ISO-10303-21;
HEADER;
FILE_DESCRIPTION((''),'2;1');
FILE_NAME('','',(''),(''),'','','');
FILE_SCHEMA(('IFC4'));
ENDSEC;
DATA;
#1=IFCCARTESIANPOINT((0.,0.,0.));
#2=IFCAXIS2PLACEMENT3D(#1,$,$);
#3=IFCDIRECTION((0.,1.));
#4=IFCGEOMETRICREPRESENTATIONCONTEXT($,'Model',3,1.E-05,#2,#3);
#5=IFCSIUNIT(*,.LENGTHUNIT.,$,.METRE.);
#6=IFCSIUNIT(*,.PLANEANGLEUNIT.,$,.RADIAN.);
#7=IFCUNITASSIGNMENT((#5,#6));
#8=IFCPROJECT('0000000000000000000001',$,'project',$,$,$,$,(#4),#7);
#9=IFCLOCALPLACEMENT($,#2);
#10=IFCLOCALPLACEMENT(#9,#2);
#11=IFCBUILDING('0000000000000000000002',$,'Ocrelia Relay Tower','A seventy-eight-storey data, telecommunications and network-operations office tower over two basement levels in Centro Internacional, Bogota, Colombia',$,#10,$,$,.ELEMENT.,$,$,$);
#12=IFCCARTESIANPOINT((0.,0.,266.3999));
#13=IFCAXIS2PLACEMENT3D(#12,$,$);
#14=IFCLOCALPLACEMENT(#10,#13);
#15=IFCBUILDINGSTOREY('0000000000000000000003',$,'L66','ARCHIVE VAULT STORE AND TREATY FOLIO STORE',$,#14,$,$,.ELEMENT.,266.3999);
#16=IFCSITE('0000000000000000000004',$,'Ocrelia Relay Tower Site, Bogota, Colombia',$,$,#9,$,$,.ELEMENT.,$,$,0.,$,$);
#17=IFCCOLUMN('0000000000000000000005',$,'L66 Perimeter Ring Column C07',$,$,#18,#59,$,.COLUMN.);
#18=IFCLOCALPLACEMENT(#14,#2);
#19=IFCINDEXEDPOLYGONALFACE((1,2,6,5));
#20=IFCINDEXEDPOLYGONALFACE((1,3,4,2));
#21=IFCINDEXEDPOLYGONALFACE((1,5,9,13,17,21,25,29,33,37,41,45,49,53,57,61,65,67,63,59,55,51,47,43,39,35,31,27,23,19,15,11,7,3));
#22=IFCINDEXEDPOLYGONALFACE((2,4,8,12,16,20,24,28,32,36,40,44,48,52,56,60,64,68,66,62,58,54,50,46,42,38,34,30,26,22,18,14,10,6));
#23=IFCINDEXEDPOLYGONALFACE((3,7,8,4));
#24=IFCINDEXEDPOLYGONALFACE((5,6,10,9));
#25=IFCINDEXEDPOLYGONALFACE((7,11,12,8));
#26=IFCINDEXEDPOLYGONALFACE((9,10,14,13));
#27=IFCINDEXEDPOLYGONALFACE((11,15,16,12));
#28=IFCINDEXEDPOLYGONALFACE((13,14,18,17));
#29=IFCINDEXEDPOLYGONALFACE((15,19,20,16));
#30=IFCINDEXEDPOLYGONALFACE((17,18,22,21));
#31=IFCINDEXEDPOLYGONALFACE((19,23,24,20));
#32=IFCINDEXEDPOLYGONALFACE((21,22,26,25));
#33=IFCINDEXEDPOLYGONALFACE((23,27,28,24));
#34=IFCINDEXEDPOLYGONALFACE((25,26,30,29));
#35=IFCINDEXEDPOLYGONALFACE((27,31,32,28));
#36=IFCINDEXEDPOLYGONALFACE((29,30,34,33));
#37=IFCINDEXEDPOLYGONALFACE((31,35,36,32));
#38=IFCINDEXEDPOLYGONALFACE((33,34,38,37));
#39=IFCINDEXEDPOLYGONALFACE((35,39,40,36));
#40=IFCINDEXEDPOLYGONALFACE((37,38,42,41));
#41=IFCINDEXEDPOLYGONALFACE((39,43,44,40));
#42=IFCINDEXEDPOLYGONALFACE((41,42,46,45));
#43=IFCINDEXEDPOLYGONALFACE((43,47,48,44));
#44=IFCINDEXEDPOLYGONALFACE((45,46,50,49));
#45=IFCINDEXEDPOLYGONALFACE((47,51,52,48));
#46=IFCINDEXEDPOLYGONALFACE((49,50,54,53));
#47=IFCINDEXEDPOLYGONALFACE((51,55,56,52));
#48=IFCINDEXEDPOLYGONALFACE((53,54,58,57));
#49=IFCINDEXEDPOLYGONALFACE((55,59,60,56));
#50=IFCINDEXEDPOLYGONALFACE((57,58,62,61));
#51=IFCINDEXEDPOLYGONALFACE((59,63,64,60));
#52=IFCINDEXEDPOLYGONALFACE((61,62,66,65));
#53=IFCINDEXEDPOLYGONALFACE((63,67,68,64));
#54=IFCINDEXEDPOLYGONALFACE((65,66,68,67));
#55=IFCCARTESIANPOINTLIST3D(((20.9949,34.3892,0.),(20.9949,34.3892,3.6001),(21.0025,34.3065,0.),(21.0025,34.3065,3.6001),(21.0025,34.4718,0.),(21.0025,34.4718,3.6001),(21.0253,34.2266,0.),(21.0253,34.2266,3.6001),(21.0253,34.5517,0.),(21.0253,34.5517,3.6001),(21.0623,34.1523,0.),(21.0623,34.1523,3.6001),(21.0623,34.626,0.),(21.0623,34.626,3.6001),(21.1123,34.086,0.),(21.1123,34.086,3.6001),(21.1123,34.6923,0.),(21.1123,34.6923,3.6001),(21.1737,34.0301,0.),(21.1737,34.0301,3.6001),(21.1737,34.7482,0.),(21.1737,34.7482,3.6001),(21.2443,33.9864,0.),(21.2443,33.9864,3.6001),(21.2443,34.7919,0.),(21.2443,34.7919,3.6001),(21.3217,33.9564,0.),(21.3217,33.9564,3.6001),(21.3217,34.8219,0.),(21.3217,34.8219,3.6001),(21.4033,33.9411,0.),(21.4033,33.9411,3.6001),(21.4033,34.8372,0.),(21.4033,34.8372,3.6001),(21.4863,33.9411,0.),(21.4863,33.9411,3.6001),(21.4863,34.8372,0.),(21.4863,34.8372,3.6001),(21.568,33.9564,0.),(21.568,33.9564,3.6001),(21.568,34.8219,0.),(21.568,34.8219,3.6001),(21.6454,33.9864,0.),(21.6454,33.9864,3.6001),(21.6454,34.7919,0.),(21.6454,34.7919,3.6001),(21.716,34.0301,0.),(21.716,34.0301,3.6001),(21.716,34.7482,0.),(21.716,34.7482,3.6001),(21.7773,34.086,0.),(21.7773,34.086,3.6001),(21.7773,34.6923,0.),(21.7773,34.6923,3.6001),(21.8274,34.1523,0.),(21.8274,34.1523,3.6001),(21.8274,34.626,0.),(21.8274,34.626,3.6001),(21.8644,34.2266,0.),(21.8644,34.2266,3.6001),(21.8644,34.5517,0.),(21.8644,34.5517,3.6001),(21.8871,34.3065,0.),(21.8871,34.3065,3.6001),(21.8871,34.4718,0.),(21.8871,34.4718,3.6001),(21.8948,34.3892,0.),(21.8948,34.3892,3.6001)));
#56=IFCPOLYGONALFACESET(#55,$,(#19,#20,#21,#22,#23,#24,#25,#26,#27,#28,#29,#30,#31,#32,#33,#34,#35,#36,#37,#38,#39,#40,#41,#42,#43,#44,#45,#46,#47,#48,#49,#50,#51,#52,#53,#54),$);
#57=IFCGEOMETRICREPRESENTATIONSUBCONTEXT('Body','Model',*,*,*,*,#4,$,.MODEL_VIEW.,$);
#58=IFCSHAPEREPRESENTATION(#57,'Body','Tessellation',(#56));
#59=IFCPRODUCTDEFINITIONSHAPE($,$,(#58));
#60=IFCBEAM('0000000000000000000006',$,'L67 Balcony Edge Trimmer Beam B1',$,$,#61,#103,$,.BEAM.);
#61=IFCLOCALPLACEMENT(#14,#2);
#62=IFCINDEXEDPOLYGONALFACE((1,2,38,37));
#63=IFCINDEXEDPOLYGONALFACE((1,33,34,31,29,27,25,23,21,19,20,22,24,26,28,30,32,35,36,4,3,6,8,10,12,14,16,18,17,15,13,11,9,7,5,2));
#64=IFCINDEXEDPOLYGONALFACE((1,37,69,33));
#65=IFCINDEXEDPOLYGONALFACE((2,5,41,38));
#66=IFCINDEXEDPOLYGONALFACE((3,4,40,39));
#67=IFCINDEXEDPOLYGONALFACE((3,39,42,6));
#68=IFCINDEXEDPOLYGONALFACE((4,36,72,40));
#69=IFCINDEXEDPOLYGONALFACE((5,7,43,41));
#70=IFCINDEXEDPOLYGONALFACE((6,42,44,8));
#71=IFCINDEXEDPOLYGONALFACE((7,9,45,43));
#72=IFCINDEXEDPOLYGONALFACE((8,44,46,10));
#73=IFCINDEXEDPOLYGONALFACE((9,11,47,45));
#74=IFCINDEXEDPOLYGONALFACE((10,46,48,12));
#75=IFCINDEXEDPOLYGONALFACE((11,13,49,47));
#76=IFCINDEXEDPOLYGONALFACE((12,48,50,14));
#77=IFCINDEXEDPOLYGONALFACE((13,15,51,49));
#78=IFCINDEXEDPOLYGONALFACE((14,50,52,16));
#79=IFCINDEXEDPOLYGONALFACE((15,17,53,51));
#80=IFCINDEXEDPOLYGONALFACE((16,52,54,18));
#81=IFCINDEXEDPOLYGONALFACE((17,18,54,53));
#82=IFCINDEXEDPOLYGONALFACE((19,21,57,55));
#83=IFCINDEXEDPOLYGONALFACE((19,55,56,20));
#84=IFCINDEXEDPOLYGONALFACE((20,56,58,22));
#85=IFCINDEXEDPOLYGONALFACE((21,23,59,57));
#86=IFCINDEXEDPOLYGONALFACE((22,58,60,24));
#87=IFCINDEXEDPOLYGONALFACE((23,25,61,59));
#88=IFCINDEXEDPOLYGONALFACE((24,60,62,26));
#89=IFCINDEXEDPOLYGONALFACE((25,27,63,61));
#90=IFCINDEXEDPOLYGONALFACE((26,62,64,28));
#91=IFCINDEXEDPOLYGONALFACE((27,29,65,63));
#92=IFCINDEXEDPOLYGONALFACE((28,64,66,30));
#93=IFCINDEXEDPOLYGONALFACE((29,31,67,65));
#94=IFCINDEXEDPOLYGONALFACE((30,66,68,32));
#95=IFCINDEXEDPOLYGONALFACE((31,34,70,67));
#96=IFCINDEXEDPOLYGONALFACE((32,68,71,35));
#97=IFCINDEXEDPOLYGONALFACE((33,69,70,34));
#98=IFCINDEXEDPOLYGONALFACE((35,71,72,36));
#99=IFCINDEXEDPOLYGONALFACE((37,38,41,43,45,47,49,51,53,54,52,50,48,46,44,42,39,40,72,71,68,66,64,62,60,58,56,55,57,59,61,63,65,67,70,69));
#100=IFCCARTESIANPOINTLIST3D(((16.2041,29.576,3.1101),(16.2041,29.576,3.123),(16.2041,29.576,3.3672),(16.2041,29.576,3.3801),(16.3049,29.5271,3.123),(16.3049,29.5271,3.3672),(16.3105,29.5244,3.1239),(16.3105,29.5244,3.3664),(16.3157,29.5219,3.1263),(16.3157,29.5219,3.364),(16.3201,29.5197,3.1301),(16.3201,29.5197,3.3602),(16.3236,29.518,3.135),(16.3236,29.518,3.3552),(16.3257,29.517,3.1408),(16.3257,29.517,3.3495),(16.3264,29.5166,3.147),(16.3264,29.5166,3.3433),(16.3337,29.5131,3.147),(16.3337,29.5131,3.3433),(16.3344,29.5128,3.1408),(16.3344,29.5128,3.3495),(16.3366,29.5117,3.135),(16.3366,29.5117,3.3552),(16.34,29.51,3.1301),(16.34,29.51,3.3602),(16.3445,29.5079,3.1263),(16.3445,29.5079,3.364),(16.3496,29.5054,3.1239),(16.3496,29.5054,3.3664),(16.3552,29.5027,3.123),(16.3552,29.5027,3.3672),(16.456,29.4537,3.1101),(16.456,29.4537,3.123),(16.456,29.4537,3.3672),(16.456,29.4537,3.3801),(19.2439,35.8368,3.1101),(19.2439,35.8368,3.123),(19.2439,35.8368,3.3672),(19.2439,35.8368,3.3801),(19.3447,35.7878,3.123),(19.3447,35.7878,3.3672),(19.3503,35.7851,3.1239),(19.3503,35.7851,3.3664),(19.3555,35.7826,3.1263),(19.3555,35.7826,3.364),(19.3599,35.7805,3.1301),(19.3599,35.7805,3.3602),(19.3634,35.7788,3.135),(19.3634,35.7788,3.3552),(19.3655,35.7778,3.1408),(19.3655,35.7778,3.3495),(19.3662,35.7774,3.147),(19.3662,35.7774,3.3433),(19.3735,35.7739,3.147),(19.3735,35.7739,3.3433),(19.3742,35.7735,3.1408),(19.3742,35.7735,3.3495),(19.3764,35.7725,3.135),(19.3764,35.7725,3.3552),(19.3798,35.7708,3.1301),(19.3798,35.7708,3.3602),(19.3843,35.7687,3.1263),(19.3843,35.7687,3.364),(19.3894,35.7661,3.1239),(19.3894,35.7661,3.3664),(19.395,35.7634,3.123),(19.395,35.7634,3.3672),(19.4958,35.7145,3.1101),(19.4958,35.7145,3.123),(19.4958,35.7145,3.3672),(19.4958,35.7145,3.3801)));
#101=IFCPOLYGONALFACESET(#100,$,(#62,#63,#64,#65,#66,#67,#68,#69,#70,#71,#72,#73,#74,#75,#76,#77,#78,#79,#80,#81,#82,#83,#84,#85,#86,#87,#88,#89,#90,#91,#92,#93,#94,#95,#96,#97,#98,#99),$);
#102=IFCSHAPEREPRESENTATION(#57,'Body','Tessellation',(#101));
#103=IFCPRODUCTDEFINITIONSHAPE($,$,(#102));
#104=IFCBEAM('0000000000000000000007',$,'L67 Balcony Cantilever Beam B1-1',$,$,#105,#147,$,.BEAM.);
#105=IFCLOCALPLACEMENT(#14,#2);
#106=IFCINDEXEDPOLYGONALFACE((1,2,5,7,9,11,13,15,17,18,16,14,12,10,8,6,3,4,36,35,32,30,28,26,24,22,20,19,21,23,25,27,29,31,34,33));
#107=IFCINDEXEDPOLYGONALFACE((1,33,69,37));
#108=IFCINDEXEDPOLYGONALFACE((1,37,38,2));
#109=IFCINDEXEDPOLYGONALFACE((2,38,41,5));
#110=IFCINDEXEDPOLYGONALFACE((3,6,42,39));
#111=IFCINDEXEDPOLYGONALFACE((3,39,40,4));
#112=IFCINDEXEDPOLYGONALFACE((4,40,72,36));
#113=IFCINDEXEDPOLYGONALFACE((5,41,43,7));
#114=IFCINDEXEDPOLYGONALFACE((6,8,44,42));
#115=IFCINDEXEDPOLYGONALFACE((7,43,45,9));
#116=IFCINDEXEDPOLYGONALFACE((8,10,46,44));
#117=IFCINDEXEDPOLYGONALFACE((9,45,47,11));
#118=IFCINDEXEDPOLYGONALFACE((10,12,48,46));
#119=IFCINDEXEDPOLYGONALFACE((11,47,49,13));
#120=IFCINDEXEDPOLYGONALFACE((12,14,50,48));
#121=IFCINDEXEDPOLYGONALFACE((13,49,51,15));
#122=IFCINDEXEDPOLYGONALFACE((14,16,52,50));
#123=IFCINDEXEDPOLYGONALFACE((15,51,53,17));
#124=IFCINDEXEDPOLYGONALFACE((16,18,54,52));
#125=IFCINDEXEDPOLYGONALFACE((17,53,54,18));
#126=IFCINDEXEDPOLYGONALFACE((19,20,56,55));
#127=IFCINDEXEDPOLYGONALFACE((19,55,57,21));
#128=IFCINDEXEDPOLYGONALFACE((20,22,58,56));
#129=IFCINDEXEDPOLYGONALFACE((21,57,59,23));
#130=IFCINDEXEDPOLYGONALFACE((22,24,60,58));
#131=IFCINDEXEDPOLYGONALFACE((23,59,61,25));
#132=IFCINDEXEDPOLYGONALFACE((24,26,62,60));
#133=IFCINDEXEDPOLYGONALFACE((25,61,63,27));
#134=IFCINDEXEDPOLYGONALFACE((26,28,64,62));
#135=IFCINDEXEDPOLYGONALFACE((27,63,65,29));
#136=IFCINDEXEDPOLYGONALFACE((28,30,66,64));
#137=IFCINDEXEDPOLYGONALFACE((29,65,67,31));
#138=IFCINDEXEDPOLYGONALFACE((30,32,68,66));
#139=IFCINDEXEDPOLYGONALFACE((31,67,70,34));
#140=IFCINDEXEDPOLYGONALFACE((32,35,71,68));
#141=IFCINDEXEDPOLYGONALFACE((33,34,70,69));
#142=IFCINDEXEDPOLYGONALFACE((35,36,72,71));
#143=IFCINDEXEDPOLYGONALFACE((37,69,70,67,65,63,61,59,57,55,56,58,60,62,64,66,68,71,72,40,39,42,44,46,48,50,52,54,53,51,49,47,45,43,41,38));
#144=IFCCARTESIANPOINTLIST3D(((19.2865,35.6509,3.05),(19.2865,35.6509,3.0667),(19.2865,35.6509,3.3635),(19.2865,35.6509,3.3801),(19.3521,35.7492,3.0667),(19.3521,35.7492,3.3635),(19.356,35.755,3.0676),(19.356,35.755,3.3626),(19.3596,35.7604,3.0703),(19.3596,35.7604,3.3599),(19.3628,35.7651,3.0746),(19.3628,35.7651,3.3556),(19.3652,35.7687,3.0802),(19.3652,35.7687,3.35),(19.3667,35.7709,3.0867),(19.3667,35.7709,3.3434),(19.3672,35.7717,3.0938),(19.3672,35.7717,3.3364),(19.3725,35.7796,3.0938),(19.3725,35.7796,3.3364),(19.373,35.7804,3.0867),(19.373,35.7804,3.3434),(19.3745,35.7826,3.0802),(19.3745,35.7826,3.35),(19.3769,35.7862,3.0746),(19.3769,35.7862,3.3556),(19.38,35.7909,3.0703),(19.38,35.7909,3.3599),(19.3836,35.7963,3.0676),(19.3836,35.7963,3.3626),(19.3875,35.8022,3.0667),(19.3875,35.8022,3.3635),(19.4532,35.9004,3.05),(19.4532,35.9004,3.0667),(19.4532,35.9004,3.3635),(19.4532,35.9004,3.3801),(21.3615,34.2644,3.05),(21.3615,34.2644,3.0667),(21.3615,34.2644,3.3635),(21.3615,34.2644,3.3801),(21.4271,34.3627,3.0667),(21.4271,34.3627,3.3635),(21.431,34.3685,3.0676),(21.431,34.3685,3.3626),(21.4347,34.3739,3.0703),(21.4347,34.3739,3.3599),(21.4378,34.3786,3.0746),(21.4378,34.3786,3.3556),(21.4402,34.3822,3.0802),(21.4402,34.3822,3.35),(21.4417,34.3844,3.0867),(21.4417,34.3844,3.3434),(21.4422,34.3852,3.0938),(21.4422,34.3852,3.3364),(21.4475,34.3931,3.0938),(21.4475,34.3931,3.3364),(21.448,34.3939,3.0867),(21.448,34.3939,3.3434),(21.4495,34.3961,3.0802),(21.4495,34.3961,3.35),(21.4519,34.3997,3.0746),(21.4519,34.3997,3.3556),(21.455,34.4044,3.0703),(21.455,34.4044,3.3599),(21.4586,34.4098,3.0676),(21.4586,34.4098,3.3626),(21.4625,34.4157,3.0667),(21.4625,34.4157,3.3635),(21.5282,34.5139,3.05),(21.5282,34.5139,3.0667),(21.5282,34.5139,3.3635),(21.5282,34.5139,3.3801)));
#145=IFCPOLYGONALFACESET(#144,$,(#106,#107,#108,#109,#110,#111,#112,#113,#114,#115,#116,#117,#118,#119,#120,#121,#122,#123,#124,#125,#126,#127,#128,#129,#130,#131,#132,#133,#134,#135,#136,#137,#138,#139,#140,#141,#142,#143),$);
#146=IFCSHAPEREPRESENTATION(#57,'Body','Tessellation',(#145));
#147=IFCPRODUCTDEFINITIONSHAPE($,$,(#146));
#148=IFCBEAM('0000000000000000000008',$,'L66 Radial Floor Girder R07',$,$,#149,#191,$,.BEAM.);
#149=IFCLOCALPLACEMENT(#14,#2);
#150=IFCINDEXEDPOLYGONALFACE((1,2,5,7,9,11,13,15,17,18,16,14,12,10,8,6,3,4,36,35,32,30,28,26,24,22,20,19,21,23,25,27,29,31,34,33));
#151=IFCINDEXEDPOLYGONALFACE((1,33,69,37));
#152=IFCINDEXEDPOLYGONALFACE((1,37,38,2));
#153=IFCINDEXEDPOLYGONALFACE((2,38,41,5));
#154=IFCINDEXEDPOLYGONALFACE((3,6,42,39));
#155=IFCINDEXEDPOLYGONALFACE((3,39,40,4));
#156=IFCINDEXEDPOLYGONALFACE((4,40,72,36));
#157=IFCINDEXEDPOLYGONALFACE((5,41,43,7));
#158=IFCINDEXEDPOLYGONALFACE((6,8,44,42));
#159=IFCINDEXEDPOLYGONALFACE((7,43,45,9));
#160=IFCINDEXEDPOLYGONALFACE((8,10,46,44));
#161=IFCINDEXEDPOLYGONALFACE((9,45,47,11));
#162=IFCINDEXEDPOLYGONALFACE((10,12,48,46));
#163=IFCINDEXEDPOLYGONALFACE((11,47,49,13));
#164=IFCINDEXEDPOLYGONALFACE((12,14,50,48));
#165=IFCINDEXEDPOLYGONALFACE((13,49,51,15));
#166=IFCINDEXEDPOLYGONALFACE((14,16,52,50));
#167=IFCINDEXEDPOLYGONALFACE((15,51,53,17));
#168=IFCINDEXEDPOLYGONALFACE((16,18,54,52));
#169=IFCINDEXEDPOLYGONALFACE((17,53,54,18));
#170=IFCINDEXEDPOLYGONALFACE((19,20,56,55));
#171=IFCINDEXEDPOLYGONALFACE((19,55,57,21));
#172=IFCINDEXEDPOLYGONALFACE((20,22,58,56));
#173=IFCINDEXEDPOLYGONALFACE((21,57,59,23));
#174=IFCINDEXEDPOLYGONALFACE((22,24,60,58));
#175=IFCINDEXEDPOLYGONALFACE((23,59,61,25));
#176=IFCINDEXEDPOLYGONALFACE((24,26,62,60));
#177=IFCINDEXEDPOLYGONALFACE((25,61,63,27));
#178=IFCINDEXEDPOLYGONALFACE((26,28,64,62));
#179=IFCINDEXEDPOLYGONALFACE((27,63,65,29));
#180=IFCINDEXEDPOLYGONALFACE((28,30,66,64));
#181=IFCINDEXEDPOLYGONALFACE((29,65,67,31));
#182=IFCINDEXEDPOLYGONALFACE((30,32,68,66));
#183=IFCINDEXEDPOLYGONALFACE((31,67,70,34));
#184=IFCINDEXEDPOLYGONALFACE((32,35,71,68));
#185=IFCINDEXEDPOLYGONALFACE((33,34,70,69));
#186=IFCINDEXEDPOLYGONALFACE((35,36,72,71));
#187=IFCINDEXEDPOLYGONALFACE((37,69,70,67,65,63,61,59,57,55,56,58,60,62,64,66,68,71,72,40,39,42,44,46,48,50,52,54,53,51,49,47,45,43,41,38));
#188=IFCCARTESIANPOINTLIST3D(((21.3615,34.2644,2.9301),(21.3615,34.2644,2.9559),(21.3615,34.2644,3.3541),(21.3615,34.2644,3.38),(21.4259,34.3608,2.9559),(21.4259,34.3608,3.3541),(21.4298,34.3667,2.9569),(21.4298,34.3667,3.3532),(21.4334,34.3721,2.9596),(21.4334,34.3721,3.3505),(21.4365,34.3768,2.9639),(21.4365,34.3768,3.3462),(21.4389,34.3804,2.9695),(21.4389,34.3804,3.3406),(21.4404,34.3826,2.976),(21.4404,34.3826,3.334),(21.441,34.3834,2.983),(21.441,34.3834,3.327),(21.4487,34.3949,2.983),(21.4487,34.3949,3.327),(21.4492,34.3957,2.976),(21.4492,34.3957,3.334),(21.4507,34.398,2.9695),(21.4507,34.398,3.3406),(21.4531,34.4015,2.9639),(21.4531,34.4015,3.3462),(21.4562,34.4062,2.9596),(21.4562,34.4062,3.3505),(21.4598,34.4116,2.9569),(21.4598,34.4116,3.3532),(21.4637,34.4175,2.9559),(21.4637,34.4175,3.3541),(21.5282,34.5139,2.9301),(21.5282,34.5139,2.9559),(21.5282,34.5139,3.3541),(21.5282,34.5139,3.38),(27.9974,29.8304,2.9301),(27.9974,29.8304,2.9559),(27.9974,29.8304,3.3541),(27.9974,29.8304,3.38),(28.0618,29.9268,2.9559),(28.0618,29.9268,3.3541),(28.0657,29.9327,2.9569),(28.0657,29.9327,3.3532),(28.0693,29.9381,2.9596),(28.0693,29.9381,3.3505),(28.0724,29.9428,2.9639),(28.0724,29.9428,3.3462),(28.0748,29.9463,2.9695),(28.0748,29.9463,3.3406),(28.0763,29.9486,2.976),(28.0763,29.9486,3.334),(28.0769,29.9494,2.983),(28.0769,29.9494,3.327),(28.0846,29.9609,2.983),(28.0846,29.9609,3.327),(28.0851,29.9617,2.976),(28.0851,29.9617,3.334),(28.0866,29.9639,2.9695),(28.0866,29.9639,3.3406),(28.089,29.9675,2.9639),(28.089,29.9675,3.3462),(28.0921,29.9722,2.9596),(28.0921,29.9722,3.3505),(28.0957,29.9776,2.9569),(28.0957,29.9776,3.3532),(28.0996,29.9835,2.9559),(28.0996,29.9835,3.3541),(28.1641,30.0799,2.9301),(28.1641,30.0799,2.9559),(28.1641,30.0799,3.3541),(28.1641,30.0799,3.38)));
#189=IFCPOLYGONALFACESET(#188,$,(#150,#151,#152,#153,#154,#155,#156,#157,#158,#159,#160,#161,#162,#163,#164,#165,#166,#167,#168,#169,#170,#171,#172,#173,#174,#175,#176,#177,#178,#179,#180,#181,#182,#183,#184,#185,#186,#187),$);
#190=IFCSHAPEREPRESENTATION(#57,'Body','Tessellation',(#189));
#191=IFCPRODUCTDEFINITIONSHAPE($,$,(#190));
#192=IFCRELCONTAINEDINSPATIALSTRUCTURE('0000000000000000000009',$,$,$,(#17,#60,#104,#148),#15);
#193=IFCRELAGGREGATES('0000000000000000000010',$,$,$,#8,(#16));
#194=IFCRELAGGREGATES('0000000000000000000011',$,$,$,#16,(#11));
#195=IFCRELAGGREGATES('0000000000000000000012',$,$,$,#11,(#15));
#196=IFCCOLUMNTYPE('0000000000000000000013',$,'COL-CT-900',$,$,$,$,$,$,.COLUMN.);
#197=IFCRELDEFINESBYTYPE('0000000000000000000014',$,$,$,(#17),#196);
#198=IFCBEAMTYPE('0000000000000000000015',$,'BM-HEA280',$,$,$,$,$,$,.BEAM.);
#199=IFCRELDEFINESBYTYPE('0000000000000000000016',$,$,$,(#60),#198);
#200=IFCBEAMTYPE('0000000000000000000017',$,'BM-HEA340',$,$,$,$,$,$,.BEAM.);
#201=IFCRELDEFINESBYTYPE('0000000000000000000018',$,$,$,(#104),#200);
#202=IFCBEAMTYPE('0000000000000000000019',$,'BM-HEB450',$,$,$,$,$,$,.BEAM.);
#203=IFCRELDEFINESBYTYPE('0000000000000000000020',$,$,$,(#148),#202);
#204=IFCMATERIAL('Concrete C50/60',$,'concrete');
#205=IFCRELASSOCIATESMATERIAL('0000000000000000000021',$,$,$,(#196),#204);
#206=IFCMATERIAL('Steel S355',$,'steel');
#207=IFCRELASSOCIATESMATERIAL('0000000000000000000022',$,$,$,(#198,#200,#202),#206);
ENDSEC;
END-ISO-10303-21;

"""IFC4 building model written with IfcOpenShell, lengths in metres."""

from ifc_helpers import new_model, si_unit, direction, frame, origin, origin_2d, place, context, subcontext, project, spatial, circle, i_section, extrude, material, material_profile, profile_set, type_object, element, save


model = new_model("IFC4")

# Units and contexts
model_context = context("Model", 3, precision=1e-05, world=origin(), true_north=direction((0.0, 1.0)))
body_context = subcontext(model_context, "Body", "Model", "MODEL_VIEW")
ifc_project = project(units=[si_unit("LENGTHUNIT", "METRE"), si_unit("PLANEANGLEUNIT", "RADIAN")], contexts=[model_context])

# Site, building, storey
site_placement = place(None, origin())
site = spatial("IfcSite", under=ifc_project, at=site_placement, Name="Ocrelia Relay Tower Site, Bogota, Colombia", CompositionType="ELEMENT", RefElevation=0.0)
building_placement = place(site_placement, origin())
building = spatial("IfcBuilding", under=site, at=building_placement, Name="Ocrelia Relay Tower", Description="A seventy-eight-storey data, telecommunications and network-operations office tower over two basement levels in Centro Internacional, Bogota, Colombia", CompositionType="ELEMENT")
storey_placement = place(building_placement, frame((0.0, 0.0, 266.3999)))
storey = spatial("IfcBuildingStorey", under=building, at=storey_placement, Name="L66", Description="ARCHIVE VAULT STORE AND TREATY FOLIO STORE", CompositionType="ELEMENT", Elevation=266.3999)

# Column
ifc_material_1 = material(Name="Concrete C50/60", Category="concrete")
ifc_material_profile_1 = material_profile(ifc_material_1, circle(Radius=0.45, at=origin_2d()), Name="RC-CIR-900")
ifc_profile_set_1 = profile_set([ifc_material_profile_1], Name="Concrete C50/60")
column_type = type_object("IfcColumnType", Name="COL-CT-900", PredefinedType="COLUMN", material=ifc_profile_set_1)
column_placement = place(storey_placement, frame((21.4448, 34.3892, 0.0), z_axis=(0.0, 0.0, 1.0), x_axis=(1.0, 0.0, 0.0)))
element("IfcColumn", 1, at=column_placement, inside=storey, type_object=column_type, Name="L66 Perimeter Ring Column C07", PredefinedType="COLUMN", context=body_context, shape_type="SweptSolid", body=[
    extrude(circle(Radius=0.45, at=origin_2d()), origin(), (0.0, 0.0, 1.0), 3.6001),
])

# Beams
ifc_material_2 = material(Name="Steel S355", Category="steel")
ifc_material_profile_2 = material_profile(ifc_material_2, i_section(OverallWidth=0.28, OverallDepth=0.27, WebThickness=0.0081, FlangeThickness=0.0129, FilletRadius=0.0239, at=origin_2d()), Name="HEA 280")
ifc_profile_set_2 = profile_set([ifc_material_profile_2], Name="Steel S355")
beam_type_1 = type_object("IfcBeamType", Name="BM-HEA280", PredefinedType="BEAM", material=ifc_profile_set_2)
beam_1_placement = place(storey_placement, frame((19.3699, 35.7756, 3.2451), z_axis=(-0.436772, -0.899572, 0.0), x_axis=(0.899572, -0.436772, 0.0)))
element("IfcBeam", 2, at=beam_1_placement, inside=storey, type_object=beam_type_1, Name="L67 Balcony Edge Trimmer Beam B1", PredefinedType="BEAM", context=body_context, shape_type="SweptSolid", body=[
    extrude(i_section(OverallWidth=0.28, OverallDepth=0.27, WebThickness=0.0081, FlangeThickness=0.0129, FilletRadius=0.0239, at=origin_2d()), origin(), (0.0, 0.0, 1.0), 6.9597),
])
ifc_material_profile_3 = material_profile(ifc_material_2, i_section(OverallWidth=0.3, OverallDepth=0.3301, WebThickness=0.0095, FlangeThickness=0.0166, FilletRadius=0.0271, at=origin_2d()), Name="HEA 340")
ifc_profile_set_3 = profile_set([ifc_material_profile_3], Name="Steel S355")
beam_type_2 = type_object("IfcBeamType", Name="BM-HEA340", PredefinedType="BEAM", material=ifc_profile_set_3)
beam_2_placement = place(storey_placement, frame((21.4448, 34.3892, 3.2151), z_axis=(-0.831463, 0.55558, 0.0), x_axis=(-0.55558, -0.831463, 0.0)))
element("IfcBeam", 3, at=beam_2_placement, inside=storey, type_object=beam_type_2, Name="L67 Balcony Cantilever Beam B1-1", PredefinedType="BEAM", context=body_context, shape_type="SweptSolid", body=[
    extrude(i_section(OverallWidth=0.3, OverallDepth=0.3301, WebThickness=0.0095, FlangeThickness=0.0166, FilletRadius=0.0271, at=origin_2d()), origin(), (0.0, 0.0, 1.0), 2.4956),
])
ifc_material_profile_4 = material_profile(ifc_material_2, i_section(OverallWidth=0.3, OverallDepth=0.45, WebThickness=0.0139, FlangeThickness=0.0259, FilletRadius=0.0271, at=origin_2d()), Name="HEB 450")
ifc_profile_set_4 = profile_set([ifc_material_profile_4], Name="Steel S355")
beam_type_3 = type_object("IfcBeamType", Name="BM-HEB450", PredefinedType="BEAM", material=ifc_profile_set_4)
beam_3_placement = place(storey_placement, frame((21.4448, 34.3892, 3.155), z_axis=(0.831466, -0.555575, 0.0), x_axis=(0.555575, 0.831466, 0.0)))
element("IfcBeam", 4, at=beam_3_placement, inside=storey, type_object=beam_type_3, Name="L66 Radial Floor Girder R07", PredefinedType="BEAM", context=body_context, shape_type="SweptSolid", body=[
    extrude(i_section(OverallWidth=0.3, OverallDepth=0.45, WebThickness=0.0139, FlangeThickness=0.0259, FilletRadius=0.0271, at=origin_2d()), origin(), (0.0, 0.0, 1.0), 7.981),
])

save(model, "model.ifc")
